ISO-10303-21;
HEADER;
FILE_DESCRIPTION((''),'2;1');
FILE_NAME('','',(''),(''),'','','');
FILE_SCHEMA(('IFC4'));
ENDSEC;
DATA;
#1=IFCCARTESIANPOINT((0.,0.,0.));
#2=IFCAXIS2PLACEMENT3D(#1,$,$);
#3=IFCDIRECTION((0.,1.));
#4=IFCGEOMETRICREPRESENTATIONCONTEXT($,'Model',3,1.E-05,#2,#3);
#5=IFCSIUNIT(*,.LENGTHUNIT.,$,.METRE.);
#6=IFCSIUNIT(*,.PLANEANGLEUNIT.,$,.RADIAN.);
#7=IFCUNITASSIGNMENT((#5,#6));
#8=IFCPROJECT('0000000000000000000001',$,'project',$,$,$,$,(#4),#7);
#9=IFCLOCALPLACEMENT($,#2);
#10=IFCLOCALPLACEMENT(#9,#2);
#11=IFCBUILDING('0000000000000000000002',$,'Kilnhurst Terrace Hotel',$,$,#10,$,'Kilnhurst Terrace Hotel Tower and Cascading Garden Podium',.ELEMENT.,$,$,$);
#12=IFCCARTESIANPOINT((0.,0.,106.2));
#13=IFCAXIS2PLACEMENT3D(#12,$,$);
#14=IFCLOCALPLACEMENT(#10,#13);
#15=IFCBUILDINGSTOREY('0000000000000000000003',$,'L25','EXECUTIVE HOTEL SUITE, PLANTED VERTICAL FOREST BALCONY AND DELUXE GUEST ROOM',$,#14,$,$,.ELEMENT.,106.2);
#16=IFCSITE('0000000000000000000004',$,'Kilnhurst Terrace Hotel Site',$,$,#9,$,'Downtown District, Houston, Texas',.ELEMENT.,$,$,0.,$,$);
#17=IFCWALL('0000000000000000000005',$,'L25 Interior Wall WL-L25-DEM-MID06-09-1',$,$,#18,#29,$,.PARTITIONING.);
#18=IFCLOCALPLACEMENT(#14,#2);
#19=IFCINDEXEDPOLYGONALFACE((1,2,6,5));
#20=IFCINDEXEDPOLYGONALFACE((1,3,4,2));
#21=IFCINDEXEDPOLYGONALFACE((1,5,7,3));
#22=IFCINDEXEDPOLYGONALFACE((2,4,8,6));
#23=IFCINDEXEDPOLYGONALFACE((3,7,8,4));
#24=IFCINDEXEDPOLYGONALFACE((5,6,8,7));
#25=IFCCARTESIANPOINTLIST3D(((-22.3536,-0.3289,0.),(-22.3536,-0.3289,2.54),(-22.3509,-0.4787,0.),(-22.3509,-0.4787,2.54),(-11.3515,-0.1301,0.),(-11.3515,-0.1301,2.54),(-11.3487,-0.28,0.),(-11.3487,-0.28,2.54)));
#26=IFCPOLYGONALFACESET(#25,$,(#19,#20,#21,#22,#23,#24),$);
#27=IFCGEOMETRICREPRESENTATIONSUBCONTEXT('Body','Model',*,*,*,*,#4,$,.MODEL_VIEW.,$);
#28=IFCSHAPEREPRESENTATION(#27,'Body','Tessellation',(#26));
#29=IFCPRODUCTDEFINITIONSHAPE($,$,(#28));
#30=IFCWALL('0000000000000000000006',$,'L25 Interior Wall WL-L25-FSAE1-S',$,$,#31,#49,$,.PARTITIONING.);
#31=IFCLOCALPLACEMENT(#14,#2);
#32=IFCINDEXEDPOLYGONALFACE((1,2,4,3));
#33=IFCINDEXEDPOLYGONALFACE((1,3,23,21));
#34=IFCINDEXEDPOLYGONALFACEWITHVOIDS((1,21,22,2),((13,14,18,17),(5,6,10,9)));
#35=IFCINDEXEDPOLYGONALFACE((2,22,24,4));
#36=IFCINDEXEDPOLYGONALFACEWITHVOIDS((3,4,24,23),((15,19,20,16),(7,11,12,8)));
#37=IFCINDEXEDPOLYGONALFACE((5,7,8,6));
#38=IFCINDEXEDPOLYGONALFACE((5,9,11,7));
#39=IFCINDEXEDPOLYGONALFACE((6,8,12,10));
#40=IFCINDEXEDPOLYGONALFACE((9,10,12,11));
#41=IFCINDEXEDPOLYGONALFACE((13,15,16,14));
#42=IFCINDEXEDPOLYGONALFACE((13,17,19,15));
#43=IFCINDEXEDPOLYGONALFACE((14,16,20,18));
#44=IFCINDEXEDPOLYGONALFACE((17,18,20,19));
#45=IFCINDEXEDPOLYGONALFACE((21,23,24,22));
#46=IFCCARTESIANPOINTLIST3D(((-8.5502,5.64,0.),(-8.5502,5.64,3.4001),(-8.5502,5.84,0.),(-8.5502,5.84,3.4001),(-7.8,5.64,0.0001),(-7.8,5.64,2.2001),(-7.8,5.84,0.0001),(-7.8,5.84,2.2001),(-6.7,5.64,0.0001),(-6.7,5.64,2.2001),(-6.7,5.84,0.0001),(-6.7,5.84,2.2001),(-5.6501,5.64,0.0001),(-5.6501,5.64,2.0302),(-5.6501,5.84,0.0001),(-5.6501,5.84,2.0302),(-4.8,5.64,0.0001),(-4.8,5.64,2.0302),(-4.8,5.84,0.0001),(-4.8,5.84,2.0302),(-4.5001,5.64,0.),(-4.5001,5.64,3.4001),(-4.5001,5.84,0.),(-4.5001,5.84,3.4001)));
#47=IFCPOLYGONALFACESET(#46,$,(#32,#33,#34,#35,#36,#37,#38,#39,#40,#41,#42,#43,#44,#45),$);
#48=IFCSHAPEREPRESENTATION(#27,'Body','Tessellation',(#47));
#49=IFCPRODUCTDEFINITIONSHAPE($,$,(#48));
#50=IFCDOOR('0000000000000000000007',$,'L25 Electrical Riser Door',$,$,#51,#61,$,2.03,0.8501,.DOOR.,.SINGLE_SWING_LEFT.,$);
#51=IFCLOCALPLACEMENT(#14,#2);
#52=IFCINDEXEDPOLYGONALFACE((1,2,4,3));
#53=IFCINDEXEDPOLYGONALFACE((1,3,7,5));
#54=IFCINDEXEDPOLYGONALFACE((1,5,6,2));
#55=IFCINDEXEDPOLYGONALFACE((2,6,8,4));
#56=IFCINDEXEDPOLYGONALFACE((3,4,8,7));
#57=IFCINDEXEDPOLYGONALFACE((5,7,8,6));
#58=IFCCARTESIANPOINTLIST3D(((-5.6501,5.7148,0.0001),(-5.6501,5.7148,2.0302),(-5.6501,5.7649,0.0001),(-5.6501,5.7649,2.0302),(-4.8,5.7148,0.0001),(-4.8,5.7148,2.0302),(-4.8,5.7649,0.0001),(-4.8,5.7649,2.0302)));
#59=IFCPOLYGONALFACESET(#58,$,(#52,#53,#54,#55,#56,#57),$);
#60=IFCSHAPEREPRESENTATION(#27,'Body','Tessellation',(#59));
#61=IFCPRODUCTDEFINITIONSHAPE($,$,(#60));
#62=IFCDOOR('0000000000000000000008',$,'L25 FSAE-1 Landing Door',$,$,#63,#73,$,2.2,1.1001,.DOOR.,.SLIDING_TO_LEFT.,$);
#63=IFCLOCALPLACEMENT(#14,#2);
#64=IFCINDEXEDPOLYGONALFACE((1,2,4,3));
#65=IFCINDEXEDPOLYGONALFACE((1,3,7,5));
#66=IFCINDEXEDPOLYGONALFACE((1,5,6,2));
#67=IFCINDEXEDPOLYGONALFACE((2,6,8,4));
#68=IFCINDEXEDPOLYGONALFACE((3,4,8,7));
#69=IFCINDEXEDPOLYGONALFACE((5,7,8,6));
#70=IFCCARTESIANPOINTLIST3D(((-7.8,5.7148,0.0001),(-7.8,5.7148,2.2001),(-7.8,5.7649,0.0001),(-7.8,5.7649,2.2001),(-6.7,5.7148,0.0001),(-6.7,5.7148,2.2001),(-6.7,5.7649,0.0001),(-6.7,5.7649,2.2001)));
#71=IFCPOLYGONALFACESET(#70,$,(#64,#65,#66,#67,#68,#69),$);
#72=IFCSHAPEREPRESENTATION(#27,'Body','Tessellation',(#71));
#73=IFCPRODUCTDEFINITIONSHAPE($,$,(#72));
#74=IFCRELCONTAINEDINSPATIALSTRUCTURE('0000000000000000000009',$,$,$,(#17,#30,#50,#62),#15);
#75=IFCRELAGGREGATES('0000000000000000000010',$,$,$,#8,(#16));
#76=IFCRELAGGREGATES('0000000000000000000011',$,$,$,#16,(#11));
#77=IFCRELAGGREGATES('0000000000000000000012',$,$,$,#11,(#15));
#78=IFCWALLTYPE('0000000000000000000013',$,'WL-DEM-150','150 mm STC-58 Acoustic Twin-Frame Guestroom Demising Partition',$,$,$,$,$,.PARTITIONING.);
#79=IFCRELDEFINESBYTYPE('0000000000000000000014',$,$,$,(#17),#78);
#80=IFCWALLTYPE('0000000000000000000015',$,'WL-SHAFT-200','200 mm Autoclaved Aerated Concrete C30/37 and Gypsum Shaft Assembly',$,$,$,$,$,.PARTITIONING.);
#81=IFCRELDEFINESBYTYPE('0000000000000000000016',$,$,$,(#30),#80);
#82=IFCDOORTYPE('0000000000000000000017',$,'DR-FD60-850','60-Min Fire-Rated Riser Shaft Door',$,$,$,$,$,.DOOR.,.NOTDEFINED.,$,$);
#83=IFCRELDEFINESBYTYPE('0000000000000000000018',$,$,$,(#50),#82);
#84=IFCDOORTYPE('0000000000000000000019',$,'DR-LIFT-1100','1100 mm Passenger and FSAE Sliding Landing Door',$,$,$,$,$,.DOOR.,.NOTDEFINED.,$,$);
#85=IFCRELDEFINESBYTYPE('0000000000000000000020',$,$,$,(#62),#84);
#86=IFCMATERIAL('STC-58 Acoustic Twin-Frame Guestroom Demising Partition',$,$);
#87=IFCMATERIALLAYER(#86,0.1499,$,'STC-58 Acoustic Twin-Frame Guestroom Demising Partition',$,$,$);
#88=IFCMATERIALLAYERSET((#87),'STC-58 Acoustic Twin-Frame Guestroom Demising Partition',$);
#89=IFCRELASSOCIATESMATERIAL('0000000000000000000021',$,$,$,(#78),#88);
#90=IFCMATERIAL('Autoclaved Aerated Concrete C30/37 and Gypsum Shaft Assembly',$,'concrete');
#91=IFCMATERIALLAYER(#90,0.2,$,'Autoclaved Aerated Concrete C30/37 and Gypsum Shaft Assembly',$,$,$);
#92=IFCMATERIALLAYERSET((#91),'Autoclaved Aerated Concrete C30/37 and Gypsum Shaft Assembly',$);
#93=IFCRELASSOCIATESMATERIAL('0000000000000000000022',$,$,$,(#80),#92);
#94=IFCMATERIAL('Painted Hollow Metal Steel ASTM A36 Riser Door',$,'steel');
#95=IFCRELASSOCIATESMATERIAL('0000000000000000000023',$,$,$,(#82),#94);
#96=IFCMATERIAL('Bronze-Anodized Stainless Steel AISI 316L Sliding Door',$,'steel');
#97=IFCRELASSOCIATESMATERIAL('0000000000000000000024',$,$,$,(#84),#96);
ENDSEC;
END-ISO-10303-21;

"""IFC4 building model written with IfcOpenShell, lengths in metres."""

from ifc_helpers import new_model, si_unit, direction, frame, frame_2d, origin, place, context, subcontext, project, spatial, rectangle, extrude, material, layer, layer_set, type_object, element, fill, save


model = new_model("IFC4")

# Units and contexts
model_context = context("Model", 3, precision=1e-05, world=origin(), true_north=direction((0.0, 1.0)))
body_context = subcontext(model_context, "Body", "Model", "MODEL_VIEW")
ifc_project = project(units=[si_unit("LENGTHUNIT", "METRE"), si_unit("PLANEANGLEUNIT", "RADIAN")], contexts=[model_context])

# Site, building, storey
site_placement = place(None, origin())
site = spatial("IfcSite", under=ifc_project, at=site_placement, Name="Kilnhurst Terrace Hotel Site", LongName="Downtown District, Houston, Texas", CompositionType="ELEMENT", RefElevation=0.0)
building_placement = place(site_placement, origin())
building = spatial("IfcBuilding", under=site, at=building_placement, Name="Kilnhurst Terrace Hotel", LongName="Kilnhurst Terrace Hotel Tower and Cascading Garden Podium", CompositionType="ELEMENT")
storey_placement = place(building_placement, frame((0.0, 0.0, 106.2)))
storey = spatial("IfcBuildingStorey", under=building, at=storey_placement, Name="L25", Description="EXECUTIVE HOTEL SUITE, PLANTED VERTICAL FOREST BALCONY AND DELUXE GUEST ROOM", CompositionType="ELEMENT", Elevation=106.2)

# Wall
ifc_material_1 = material(Name="STC-58 Acoustic Twin-Frame Guestroom Demising Partition")
ifc_layer_1 = layer(ifc_material_1, 0.1499, Name="STC-58 Acoustic Twin-Frame Guestroom Demising Partition")
ifc_layer_set_1 = layer_set([ifc_layer_1], Name="STC-58 Acoustic Twin-Frame Guestroom Demising Partition")
wall_type_1 = type_object("IfcWallType", Name="WL-DEM-150", Description="150 mm STC-58 Acoustic Twin-Frame Guestroom Demising Partition", PredefinedType="PARTITIONING", material=ifc_layer_set_1)
wall_1_placement = place(storey_placement, frame((-11.3501, -0.2051, 0.0), z_axis=(0.0, 0.0, 1.0), x_axis=(-0.999837, -0.01806, 0.0)))
element("IfcWall", 1, at=wall_1_placement, inside=storey, type_object=wall_type_1, Name="L25 Interior Wall WL-L25-DEM-MID06-09-1", PredefinedType="PARTITIONING", context=body_context, shape_type="SweptSolid", body=[
    extrude(rectangle(XDim=11.0039, YDim=0.1499, at=frame_2d((5.502, 0.0))), origin(), (0.0, 0.0, 1.0), 2.54),
])

# Wall, openings, doors
ifc_material_2 = material(Name="Autoclaved Aerated Concrete C30/37 and Gypsum Shaft Assembly", Category="concrete")
ifc_layer_2 = layer(ifc_material_2, 0.2, Name="Autoclaved Aerated Concrete C30/37 and Gypsum Shaft Assembly")
ifc_layer_set_2 = layer_set([ifc_layer_2], Name="Autoclaved Aerated Concrete C30/37 and Gypsum Shaft Assembly")
wall_type_2 = type_object("IfcWallType", Name="WL-SHAFT-200", Description="200 mm Autoclaved Aerated Concrete C30/37 and Gypsum Shaft Assembly", PredefinedType="PARTITIONING", material=ifc_layer_set_2)
wall_2_placement = place(storey_placement, frame((-8.55, 5.74, 0.0), z_axis=(0.0, 0.0, 1.0), x_axis=(1.0, 0.0, 0.0)))
wall_2 = element("IfcWall", 2, at=wall_2_placement, inside=storey, type_object=wall_type_2, Name="L25 Interior Wall WL-L25-FSAE1-S", PredefinedType="PARTITIONING", context=body_context, shape_type="SweptSolid", body=[
    extrude(rectangle(XDim=4.05, YDim=0.2, at=frame_2d((2.0249, 0.0))), origin(), (0.0, 0.0, 1.0), 3.4001),
])
opening_1_placement = place(wall_2_placement, frame((0.75, 0.0, 0.0)))
opening_1 = element("IfcOpeningElement", 3, at=opening_1_placement, cuts=wall_2, PredefinedType="OPENING", context=body_context, shape_type="SweptSolid", body=[
    extrude(rectangle(XDim=1.1001, YDim=2.2, at=frame_2d((0.55, 1.1001))), frame((0.0, 0.1099, 0.0), z_axis=(0.0, -1.0, 0.0), x_axis=(1.0, 0.0, 0.0)), (0.0, 0.0, 1.0), 0.22),
])
opening_2_placement = place(wall_2_placement, frame((2.8999, 0.0, 0.0)))
opening_2 = element("IfcOpeningElement", 4, at=opening_2_placement, cuts=wall_2, PredefinedType="OPENING", context=body_context, shape_type="SweptSolid", body=[
    extrude(rectangle(XDim=0.8501, YDim=2.03, at=frame_2d((0.425, 1.0151))), frame((0.0, 0.1099, 0.0), z_axis=(0.0, -1.0, 0.0), x_axis=(1.0, 0.0, 0.0)), (0.0, 0.0, 1.0), 0.22),
])
ifc_material_3 = material(Name="Painted Hollow Metal Steel ASTM A36 Riser Door", Category="steel")
door_type_1 = type_object("IfcDoorType", Name="DR-FD60-850", Description="60-Min Fire-Rated Riser Shaft Door", OperationType="NOTDEFINED", PredefinedType="DOOR", material=ifc_material_3)
door_1_placement = place(opening_2_placement, origin())
door_1 = element("IfcDoor", 5, at=door_1_placement, inside=storey, type_object=door_type_1, Name="L25 Electrical Riser Door", OperationType="SINGLE_SWING_LEFT", OverallHeight=2.03, OverallWidth=0.8501, PredefinedType="DOOR", context=body_context, shape_type="SweptSolid", body=[
    extrude(rectangle(XDim=0.8501, YDim=2.03, at=frame_2d((0.425, 1.0151))), frame((0.0, 0.0249, 0.0), z_axis=(0.0, -1.0, 0.0), x_axis=(1.0, 0.0, 0.0)), (0.0, 0.0, 1.0), 0.05),
])
fill(opening_2, door_1)
ifc_material_4 = material(Name="Bronze-Anodized Stainless Steel AISI 316L Sliding Door", Category="steel")
door_type_2 = type_object("IfcDoorType", Name="DR-LIFT-1100", Description="1100 mm Passenger and FSAE Sliding Landing Door", OperationType="NOTDEFINED", PredefinedType="DOOR", material=ifc_material_4)
door_2_placement = place(opening_1_placement, origin())
door_2 = element("IfcDoor", 6, at=door_2_placement, inside=storey, type_object=door_type_2, Name="L25 FSAE-1 Landing Door", OperationType="SLIDING_TO_LEFT", OverallHeight=2.2, OverallWidth=1.1001, PredefinedType="DOOR", context=body_context, shape_type="SweptSolid", body=[
    extrude(rectangle(XDim=1.1001, YDim=2.2, at=frame_2d((0.55, 1.1001))), frame((0.0, 0.0249, 0.0), z_axis=(0.0, -1.0, 0.0), x_axis=(1.0, 0.0, 0.0)), (0.0, 0.0, 1.0), 0.05),
])
fill(opening_1, door_2)

save(model, "model.ifc")
